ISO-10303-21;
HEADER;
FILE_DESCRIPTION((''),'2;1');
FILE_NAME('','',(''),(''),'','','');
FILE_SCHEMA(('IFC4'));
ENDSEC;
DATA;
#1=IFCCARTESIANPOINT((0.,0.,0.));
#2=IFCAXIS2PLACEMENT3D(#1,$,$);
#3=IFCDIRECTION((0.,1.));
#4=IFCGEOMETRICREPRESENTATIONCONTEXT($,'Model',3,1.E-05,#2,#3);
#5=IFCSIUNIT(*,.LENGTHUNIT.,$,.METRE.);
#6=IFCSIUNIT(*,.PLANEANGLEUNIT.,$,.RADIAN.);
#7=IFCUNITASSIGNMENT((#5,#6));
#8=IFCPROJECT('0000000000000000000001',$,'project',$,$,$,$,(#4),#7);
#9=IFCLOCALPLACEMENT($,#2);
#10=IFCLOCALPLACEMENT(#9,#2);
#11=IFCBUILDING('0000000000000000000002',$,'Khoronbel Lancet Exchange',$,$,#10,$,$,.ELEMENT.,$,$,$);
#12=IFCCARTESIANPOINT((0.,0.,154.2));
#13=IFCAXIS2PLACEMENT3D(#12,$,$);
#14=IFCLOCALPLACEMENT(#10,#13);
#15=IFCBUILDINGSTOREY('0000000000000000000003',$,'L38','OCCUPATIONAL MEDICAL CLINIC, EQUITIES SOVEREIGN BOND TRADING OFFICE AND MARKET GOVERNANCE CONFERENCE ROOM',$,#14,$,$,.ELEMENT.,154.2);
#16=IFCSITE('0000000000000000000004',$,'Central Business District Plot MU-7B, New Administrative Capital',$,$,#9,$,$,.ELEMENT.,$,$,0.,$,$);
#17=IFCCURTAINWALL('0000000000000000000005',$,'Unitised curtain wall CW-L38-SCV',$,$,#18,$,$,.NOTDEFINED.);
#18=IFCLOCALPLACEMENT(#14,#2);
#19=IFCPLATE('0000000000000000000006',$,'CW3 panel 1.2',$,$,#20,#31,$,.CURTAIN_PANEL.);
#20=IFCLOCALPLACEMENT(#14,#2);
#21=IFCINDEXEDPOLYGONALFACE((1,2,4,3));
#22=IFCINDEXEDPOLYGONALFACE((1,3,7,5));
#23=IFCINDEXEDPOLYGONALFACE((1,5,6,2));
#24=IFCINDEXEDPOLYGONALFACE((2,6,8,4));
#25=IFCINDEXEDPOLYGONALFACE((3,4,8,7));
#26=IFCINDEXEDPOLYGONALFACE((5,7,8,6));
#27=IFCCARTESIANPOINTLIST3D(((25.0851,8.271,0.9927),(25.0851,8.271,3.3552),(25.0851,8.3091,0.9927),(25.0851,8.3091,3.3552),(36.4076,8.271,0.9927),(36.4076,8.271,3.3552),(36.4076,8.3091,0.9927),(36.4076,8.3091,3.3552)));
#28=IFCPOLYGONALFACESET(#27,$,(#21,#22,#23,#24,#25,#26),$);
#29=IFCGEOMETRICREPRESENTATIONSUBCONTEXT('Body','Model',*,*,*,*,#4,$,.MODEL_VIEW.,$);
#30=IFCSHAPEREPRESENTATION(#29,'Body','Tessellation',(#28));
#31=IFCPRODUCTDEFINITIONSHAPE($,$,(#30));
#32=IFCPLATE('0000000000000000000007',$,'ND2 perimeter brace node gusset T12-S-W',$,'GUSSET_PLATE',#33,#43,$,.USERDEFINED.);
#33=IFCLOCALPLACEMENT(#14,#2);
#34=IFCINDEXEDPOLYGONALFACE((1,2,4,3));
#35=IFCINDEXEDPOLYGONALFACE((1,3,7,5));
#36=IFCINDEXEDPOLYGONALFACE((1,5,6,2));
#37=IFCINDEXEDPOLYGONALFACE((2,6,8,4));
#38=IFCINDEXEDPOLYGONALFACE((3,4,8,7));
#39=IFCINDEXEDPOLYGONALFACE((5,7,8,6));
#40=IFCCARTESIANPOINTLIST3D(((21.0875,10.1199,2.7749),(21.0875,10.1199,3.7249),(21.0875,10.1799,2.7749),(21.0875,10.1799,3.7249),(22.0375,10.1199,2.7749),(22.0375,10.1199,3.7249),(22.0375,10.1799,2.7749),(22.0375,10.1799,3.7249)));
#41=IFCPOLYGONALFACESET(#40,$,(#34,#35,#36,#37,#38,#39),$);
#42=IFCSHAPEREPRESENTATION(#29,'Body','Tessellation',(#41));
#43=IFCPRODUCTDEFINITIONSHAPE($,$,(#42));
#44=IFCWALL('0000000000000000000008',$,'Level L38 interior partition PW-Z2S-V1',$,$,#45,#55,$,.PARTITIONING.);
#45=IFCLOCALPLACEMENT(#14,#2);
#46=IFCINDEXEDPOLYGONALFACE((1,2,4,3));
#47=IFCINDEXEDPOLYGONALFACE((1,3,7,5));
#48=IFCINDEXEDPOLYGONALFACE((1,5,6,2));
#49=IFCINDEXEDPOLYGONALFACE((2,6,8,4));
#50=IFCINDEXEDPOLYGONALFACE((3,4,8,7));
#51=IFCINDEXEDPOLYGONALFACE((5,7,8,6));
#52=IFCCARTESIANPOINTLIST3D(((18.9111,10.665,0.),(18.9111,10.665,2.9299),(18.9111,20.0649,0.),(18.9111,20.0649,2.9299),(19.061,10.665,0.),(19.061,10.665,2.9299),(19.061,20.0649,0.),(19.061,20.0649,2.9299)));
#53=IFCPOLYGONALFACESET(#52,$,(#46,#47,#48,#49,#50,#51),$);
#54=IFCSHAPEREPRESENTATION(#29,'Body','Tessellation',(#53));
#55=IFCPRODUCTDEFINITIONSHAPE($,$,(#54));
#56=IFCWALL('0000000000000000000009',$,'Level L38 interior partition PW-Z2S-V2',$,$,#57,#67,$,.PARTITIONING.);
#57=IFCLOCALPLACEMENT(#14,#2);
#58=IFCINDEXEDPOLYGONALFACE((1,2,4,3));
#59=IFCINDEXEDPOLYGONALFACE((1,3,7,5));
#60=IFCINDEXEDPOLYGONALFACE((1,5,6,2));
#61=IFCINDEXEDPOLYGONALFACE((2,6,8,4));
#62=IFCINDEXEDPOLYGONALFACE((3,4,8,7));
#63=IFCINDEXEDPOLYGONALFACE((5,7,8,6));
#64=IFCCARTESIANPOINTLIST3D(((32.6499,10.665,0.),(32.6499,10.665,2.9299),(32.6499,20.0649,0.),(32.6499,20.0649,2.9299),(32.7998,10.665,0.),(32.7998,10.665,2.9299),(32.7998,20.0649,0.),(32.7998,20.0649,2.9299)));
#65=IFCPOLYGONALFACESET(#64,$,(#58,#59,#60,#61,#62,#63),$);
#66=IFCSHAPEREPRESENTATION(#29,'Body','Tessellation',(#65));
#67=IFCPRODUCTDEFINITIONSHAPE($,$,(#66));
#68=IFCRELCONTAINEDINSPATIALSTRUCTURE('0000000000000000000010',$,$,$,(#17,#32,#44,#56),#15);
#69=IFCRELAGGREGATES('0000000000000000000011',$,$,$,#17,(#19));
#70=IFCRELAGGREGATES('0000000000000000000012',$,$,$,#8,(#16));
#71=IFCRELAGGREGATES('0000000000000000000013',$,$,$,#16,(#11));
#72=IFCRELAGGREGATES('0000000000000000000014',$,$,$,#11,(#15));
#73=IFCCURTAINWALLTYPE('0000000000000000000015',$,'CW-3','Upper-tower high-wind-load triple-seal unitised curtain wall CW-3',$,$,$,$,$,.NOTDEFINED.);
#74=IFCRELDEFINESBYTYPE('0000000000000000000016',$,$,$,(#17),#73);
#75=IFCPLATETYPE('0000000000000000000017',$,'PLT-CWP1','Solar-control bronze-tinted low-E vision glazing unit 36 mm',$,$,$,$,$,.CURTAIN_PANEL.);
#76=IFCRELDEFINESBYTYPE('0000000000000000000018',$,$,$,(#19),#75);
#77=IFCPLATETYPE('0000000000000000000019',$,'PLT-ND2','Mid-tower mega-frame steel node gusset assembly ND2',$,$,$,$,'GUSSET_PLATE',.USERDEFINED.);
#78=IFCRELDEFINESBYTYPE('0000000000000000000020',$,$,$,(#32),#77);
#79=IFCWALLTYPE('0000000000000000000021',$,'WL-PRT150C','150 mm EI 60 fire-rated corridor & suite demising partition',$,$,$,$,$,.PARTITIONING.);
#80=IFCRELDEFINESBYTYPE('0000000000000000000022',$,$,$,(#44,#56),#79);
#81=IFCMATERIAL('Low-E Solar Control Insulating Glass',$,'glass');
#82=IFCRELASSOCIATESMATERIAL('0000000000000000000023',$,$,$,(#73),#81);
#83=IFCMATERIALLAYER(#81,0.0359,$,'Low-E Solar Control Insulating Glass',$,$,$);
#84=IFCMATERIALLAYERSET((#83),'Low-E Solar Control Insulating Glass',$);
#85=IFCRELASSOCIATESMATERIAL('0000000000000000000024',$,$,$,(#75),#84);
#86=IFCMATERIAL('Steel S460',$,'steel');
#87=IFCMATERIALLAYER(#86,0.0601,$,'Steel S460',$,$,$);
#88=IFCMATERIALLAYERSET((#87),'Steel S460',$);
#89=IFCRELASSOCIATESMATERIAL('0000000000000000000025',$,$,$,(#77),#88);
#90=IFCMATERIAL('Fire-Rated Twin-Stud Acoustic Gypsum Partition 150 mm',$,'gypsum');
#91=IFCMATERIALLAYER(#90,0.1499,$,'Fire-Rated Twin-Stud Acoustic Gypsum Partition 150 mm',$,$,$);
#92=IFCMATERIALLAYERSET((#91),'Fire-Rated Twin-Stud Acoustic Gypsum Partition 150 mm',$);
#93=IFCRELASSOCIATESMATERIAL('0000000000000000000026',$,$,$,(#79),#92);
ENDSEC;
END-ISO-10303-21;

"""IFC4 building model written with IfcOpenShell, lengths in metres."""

from ifc_helpers import new_model, si_unit, direction, frame, frame_2d, origin, origin_2d, place, context, subcontext, project, spatial, rectangle, extrude, material, layer, layer_set, type_object, element, aggregate, save


model = new_model("IFC4")

# Units and contexts
model_context = context("Model", 3, precision=1e-05, world=origin(), true_north=direction((0.0, 1.0)))
body_context = subcontext(model_context, "Body", "Model", "MODEL_VIEW")
ifc_project = project(units=[si_unit("LENGTHUNIT", "METRE"), si_unit("PLANEANGLEUNIT", "RADIAN")], contexts=[model_context])

# Site, building, storey
site_placement = place(None, origin())
site = spatial("IfcSite", under=ifc_project, at=site_placement, Name="Central Business District Plot MU-7B, New Administrative Capital", CompositionType="ELEMENT", RefElevation=0.0)
building_placement = place(site_placement, origin())
building = spatial("IfcBuilding", under=site, at=building_placement, Name="Khoronbel Lancet Exchange", CompositionType="ELEMENT")
storey_placement = place(building_placement, frame((0.0, 0.0, 154.2)))
storey = spatial("IfcBuildingStorey", under=building, at=storey_placement, Name="L38", Description="OCCUPATIONAL MEDICAL CLINIC, EQUITIES SOVEREIGN BOND TRADING OFFICE AND MARKET GOVERNANCE CONFERENCE ROOM", CompositionType="ELEMENT", Elevation=154.2)

# Shared definitions
ifc_material_1 = material(Name="Steel S460", Category="steel")

# Curtain wall
ifc_material_2 = material(Name="Low-E Solar Control Insulating Glass", Category="glass")
curtain_wall_type = type_object("IfcCurtainWallType", Name="CW-3", Description="Upper-tower high-wind-load triple-seal unitised curtain wall CW-3", PredefinedType="NOTDEFINED", material=ifc_material_2)
curtain_wall_1_placement = place(storey_placement, origin())
curtain_wall_1 = element("IfcCurtainWall", 1, at=curtain_wall_1_placement, inside=storey, type_object=curtain_wall_type, Name="Unitised curtain wall CW-L38-SCV", PredefinedType="NOTDEFINED")

# Plates
ifc_layer_1 = layer(ifc_material_2, 0.0359, Name="Low-E Solar Control Insulating Glass")
ifc_layer_set_1 = layer_set([ifc_layer_1], Name="Low-E Solar Control Insulating Glass")
plate_type_1 = type_object("IfcPlateType", Name="PLT-CWP1", Description="Solar-control bronze-tinted low-E vision glazing unit 36 mm", PredefinedType="CURTAIN_PANEL", material=ifc_layer_set_1)
plate_1_placement = place(storey_placement, frame((30.7463, 8.29, 0.9927), z_axis=(0.0, 0.0, 1.0), x_axis=(1.0, 0.0, 0.0)))
plate_1 = element("IfcPlate", 2, at=plate_1_placement, type_object=plate_type_1, Name="CW3 panel 1.2", PredefinedType="CURTAIN_PANEL", context=body_context, shape_type="SweptSolid", body=[
    extrude(rectangle(XDim=11.3225, YDim=0.0381, at=origin_2d()), origin(), (0.0, 0.0, 1.0), 2.3625),
])
aggregate(curtain_wall_1, [plate_1])
ifc_layer_2 = layer(ifc_material_1, 0.0601, Name="Steel S460")
ifc_layer_set_2 = layer_set([ifc_layer_2], Name="Steel S460")
plate_type_2 = type_object("IfcPlateType", Name="PLT-ND2", Description="Mid-tower mega-frame steel node gusset assembly ND2", ElementType="GUSSET_PLATE", PredefinedType="USERDEFINED", material=ifc_layer_set_2)
plate_2_placement = place(storey_placement, frame((21.5625, 10.1499, 2.7749), z_axis=(0.0, 0.0, 1.0), x_axis=(1.0, 0.0, 0.0)))
element("IfcPlate", 3, at=plate_2_placement, inside=storey, type_object=plate_type_2, Name="ND2 perimeter brace node gusset T12-S-W", ObjectType="GUSSET_PLATE", PredefinedType="USERDEFINED", context=body_context, shape_type="SweptSolid", body=[
    extrude(rectangle(XDim=0.95, YDim=0.0601, at=origin_2d()), origin(), (0.0, 0.0, 1.0), 0.95),
])

# Walls
ifc_material_3 = material(Name="Fire-Rated Twin-Stud Acoustic Gypsum Partition 150 mm", Category="gypsum")
ifc_layer_3 = layer(ifc_material_3, 0.1499, Name="Fire-Rated Twin-Stud Acoustic Gypsum Partition 150 mm")
ifc_layer_set_3 = layer_set([ifc_layer_3], Name="Fire-Rated Twin-Stud Acoustic Gypsum Partition 150 mm")
wall_type = type_object("IfcWallType", Name="WL-PRT150C", Description="150 mm EI 60 fire-rated corridor & suite demising partition", PredefinedType="PARTITIONING", material=ifc_layer_set_3)
for number, where, z_axis, x_axis, name in (
    (4, (18.9861, 10.665, 0.0), (0.0, 0.0, 1.0), (0.0, 1.0, 0.0), "Level L38 interior partition PW-Z2S-V1"),
    (5, (32.7249, 10.665, 0.0), (0.0, 0.0, 1.0), (0.0, 1.0, 0.0), "Level L38 interior partition PW-Z2S-V2"),
):
    element("IfcWall", number, at=place(storey_placement, frame(where, z_axis=z_axis, x_axis=x_axis)), inside=storey, type_object=wall_type, Name=name, PredefinedType="PARTITIONING", context=body_context, shape_type="SweptSolid", body=[
        extrude(rectangle(XDim=9.3999, YDim=0.1499, at=frame_2d((4.7, 0.0))), origin(), (0.0, 0.0, 1.0), 2.9299),
    ])

save(model, "model.ifc")
